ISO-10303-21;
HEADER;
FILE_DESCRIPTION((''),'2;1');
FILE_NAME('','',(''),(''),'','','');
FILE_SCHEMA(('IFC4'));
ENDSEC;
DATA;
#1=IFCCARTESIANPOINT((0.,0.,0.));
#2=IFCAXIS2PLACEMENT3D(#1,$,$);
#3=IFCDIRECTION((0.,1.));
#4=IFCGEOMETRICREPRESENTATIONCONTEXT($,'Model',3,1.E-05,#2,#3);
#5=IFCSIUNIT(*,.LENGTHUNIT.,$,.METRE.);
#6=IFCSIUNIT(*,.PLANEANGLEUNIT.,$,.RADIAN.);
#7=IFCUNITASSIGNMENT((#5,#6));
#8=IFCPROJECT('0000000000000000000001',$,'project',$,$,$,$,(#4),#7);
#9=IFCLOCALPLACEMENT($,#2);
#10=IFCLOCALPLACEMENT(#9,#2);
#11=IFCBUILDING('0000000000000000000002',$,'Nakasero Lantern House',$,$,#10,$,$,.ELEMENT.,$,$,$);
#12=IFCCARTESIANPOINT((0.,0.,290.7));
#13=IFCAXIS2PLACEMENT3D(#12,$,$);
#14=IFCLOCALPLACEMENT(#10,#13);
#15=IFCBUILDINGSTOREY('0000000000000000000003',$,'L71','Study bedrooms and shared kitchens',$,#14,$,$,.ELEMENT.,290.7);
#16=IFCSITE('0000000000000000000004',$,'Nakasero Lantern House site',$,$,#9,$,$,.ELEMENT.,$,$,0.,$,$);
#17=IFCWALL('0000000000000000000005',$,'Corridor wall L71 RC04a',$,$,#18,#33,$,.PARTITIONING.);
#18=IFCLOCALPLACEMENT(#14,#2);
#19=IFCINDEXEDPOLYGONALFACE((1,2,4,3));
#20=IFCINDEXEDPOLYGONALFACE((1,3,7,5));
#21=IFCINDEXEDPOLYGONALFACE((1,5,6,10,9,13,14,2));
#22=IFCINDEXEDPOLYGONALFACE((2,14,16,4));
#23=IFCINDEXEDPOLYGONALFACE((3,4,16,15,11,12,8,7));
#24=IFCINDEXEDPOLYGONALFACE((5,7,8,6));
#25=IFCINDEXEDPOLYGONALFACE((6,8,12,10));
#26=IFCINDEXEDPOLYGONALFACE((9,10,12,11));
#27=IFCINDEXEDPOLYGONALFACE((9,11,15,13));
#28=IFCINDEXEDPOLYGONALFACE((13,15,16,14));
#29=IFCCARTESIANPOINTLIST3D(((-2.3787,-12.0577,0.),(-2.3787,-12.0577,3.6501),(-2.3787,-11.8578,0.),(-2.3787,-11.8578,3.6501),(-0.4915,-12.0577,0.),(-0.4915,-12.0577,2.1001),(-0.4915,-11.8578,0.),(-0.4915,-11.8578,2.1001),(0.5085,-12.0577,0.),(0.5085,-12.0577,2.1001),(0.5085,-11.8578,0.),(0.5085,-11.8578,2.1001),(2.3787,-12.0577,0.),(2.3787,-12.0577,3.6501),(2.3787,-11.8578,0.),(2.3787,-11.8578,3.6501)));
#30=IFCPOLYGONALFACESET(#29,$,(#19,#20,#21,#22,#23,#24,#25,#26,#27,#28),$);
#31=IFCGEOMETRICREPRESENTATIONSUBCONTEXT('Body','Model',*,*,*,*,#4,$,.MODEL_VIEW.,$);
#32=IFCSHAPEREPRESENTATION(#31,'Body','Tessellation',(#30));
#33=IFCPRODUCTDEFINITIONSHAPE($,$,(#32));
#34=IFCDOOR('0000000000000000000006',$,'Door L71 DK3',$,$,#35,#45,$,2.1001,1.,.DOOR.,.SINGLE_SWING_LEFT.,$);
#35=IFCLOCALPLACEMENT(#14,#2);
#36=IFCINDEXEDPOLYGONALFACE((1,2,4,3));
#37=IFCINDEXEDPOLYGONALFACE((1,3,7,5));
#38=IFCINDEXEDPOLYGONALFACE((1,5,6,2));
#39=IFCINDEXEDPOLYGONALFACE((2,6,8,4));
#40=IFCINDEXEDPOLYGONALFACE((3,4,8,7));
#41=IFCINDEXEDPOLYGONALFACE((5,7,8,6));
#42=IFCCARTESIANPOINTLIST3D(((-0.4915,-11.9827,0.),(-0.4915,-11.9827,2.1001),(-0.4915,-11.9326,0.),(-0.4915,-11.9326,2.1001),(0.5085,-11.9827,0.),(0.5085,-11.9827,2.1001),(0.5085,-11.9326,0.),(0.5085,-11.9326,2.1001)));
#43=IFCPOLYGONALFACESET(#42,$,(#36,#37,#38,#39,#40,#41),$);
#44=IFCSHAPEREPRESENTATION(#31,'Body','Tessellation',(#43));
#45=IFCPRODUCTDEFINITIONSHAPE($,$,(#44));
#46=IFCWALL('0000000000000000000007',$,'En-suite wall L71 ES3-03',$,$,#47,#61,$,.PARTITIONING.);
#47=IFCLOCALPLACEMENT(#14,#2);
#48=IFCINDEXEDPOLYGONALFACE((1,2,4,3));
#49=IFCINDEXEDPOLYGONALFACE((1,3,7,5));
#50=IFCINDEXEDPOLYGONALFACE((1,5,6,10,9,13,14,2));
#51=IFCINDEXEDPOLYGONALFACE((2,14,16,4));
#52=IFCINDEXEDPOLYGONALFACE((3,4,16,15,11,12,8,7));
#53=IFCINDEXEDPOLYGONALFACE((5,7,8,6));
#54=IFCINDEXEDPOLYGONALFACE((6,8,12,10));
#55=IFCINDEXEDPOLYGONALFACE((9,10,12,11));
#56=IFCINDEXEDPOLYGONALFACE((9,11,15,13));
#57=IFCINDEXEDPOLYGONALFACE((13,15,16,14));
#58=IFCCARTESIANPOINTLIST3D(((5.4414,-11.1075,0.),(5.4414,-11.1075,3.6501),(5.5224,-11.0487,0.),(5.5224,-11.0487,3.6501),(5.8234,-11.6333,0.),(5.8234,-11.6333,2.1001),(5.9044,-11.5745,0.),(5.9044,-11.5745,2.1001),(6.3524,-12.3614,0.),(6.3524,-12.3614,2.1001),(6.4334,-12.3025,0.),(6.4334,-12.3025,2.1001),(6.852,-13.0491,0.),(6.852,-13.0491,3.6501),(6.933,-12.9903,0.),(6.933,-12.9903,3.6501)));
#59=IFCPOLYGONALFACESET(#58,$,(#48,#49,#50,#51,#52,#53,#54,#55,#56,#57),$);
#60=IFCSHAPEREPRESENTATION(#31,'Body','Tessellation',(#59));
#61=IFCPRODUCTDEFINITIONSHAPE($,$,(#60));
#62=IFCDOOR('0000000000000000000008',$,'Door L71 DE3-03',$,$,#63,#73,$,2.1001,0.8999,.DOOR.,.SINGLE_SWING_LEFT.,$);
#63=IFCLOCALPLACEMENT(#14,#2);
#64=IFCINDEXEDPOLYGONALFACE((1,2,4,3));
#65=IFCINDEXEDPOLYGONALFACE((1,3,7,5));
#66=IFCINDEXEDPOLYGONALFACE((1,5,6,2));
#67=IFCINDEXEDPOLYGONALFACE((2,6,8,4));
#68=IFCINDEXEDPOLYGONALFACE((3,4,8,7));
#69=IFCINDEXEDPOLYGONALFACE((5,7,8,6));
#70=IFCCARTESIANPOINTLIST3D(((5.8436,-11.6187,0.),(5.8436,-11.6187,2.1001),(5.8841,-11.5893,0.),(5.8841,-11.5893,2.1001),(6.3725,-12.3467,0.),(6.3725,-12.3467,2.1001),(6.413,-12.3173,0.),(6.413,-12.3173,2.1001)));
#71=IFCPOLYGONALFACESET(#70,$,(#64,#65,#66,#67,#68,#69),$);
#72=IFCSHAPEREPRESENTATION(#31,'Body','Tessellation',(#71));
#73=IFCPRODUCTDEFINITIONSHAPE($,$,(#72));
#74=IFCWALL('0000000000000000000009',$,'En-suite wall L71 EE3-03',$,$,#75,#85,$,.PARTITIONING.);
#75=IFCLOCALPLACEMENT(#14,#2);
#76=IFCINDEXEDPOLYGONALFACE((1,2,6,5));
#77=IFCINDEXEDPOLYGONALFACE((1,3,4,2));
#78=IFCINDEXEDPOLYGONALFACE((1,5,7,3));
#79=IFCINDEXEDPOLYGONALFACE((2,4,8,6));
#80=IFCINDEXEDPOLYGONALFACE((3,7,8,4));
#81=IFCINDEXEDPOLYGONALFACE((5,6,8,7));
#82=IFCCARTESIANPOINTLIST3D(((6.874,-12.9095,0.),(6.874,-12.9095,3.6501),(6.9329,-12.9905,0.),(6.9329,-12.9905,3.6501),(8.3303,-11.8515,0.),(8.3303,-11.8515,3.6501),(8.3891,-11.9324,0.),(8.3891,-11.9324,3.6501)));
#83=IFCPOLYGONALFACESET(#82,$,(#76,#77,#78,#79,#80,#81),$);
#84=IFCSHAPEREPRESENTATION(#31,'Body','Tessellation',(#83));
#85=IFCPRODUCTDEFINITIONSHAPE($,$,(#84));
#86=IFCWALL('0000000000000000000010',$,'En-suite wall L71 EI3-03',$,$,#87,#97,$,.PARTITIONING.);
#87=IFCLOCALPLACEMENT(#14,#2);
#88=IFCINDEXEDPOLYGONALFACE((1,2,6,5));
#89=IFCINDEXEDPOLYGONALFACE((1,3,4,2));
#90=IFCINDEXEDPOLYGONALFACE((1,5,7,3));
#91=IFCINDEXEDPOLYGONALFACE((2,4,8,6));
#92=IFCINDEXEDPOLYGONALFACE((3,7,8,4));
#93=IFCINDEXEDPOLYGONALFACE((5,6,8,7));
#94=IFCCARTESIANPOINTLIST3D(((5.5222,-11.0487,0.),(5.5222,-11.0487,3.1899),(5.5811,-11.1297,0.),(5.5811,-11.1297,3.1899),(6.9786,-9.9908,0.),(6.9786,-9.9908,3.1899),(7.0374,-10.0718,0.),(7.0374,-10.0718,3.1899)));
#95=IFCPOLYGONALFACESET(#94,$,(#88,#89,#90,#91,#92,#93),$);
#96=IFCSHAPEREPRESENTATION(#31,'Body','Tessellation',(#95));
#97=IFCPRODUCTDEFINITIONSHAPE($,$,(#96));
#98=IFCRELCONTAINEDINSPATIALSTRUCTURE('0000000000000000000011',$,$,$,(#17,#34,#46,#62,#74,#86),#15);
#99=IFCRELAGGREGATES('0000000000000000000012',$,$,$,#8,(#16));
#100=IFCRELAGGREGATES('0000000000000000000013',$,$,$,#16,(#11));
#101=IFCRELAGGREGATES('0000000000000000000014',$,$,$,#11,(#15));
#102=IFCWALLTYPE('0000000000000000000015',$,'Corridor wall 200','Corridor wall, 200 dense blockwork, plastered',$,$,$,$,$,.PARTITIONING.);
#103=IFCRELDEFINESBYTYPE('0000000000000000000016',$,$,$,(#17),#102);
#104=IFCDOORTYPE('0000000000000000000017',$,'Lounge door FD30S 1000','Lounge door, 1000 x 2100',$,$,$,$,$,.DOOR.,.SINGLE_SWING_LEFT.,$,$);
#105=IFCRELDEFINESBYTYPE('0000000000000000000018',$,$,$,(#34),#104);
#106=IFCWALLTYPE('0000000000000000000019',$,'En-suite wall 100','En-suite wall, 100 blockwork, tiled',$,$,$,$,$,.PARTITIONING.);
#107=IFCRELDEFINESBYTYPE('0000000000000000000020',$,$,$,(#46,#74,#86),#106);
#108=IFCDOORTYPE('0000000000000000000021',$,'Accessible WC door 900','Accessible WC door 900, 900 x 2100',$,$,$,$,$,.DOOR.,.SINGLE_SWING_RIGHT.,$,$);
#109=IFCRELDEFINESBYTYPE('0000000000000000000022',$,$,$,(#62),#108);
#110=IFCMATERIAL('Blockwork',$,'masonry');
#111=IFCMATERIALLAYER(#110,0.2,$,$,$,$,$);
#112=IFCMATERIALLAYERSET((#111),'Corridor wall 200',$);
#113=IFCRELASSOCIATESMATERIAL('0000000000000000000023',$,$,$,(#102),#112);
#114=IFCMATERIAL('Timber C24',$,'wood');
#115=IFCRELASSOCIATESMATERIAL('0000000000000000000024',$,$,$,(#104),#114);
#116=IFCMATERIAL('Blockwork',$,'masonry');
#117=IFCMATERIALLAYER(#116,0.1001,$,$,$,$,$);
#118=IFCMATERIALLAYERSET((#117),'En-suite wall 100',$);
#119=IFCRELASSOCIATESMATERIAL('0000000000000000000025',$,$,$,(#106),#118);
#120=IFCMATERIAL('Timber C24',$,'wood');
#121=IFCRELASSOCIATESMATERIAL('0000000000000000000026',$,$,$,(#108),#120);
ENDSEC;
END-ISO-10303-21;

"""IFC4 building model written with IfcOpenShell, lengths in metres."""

from ifc_helpers import new_model, si_unit, direction, frame, frame_2d, origin, place, context, subcontext, project, spatial, rectangle, extrude, material, layer, layer_set, type_object, element, fill, save


model = new_model("IFC4")

# Units and contexts
model_context = context("Model", 3, precision=1e-05, world=origin(), true_north=direction((0.0, 1.0)))
body_context = subcontext(model_context, "Body", "Model", "MODEL_VIEW")
ifc_project = project(units=[si_unit("LENGTHUNIT", "METRE"), si_unit("PLANEANGLEUNIT", "RADIAN")], contexts=[model_context])

# Site, building, storey
site_placement = place(None, origin())
site = spatial("IfcSite", under=ifc_project, at=site_placement, Name="Nakasero Lantern House site", CompositionType="ELEMENT", RefElevation=0.0)
building_placement = place(site_placement, origin())
building = spatial("IfcBuilding", under=site, at=building_placement, Name="Nakasero Lantern House", CompositionType="ELEMENT")
storey_placement = place(building_placement, frame((0.0, 0.0, 290.7)))
storey = spatial("IfcBuildingStorey", under=building, at=storey_placement, Name="L71", Description="Study bedrooms and shared kitchens", CompositionType="ELEMENT", Elevation=290.7)

# Walls, openings, doors
ifc_material_1 = material(Name="Blockwork", Category="masonry")
ifc_layer_1 = layer(ifc_material_1, 0.2)
ifc_layer_set_1 = layer_set([ifc_layer_1], Name="Corridor wall 200")
wall_type_1 = type_object("IfcWallType", Name="Corridor wall 200", Description="Corridor wall, 200 dense blockwork, plastered", PredefinedType="PARTITIONING", material=ifc_layer_set_1)
wall_1_placement = place(storey_placement, frame((2.3787, -11.9578, 0.0), z_axis=(0.0, 0.0, 1.0), x_axis=(-1.0, 0.0, 0.0)))
wall_1 = element("IfcWall", 1, at=wall_1_placement, inside=storey, type_object=wall_type_1, Name="Corridor wall L71 RC04a", PredefinedType="PARTITIONING", context=body_context, shape_type="SweptSolid", body=[
    extrude(rectangle(XDim=4.7573, YDim=0.2, at=frame_2d((2.3787, 0.0))), origin(), (0.0, 0.0, 1.0), 3.6501),
])
opening_1_placement = place(wall_1_placement, frame((1.8701, 0.0, 0.0)))
opening_1 = element("IfcOpeningElement", 2, at=opening_1_placement, cuts=wall_1, PredefinedType="OPENING", context=body_context, shape_type="SweptSolid", body=[
    extrude(rectangle(XDim=1.0, YDim=2.1001, at=frame_2d((0.5, 1.05))), frame((0.0, 0.1199, 0.0), z_axis=(0.0, -1.0, 0.0), x_axis=(1.0, 0.0, 0.0)), (0.0, 0.0, 1.0), 0.24),
])
ifc_material_2 = material(Name="Timber C24", Category="wood")
door_type_1 = type_object("IfcDoorType", Name="Lounge door FD30S 1000", Description="Lounge door, 1000 x 2100", OperationType="SINGLE_SWING_LEFT", PredefinedType="DOOR", material=ifc_material_2)
door_1_placement = place(opening_1_placement, origin())
door_1 = element("IfcDoor", 3, at=door_1_placement, inside=storey, type_object=door_type_1, Name="Door L71 DK3", OperationType="SINGLE_SWING_LEFT", OverallHeight=2.1001, OverallWidth=1.0, PredefinedType="DOOR", context=body_context, shape_type="SweptSolid", body=[
    extrude(rectangle(XDim=1.0, YDim=2.1001, at=frame_2d((0.5, 1.05))), frame((0.0, 0.0249, 0.0), z_axis=(0.0, -1.0, 0.0), x_axis=(1.0, 0.0, 0.0)), (0.0, 0.0, 1.0), 0.05),
])
fill(opening_1, door_1)
ifc_material_3 = material(Name="Blockwork", Category="masonry")
ifc_layer_2 = layer(ifc_material_3, 0.1001)
ifc_layer_set_2 = layer_set([ifc_layer_2], Name="En-suite wall 100")
wall_type_2 = type_object("IfcWallType", Name="En-suite wall 100", Description="En-suite wall, 100 blockwork, tiled", PredefinedType="PARTITIONING", material=ifc_layer_set_2)
wall_2_placement = place(storey_placement, frame((5.4819, -11.0781, 0.0), z_axis=(0.0, 0.0, 1.0), x_axis=(0.587772, -0.809026, 0.0)))
wall_2 = element("IfcWall", 4, at=wall_2_placement, inside=storey, type_object=wall_type_2, Name="En-suite wall L71 ES3-03", PredefinedType="PARTITIONING", context=body_context, shape_type="SweptSolid", body=[
    extrude(rectangle(XDim=2.3999, YDim=0.1001, at=frame_2d((1.2, 0.0))), origin(), (0.0, 0.0, 1.0), 3.6501),
])
opening_2_placement = place(wall_2_placement, frame((0.6499, 0.0, 0.0)))
opening_2 = element("IfcOpeningElement", 5, at=opening_2_placement, cuts=wall_2, PredefinedType="OPENING", context=body_context, shape_type="SweptSolid", body=[
    extrude(rectangle(XDim=0.8999, YDim=2.1001, at=frame_2d((0.45, 1.05))), frame((0.0, 0.0701, 0.0), z_axis=(0.0, -1.0, 0.0), x_axis=(1.0, 0.0, 0.0)), (0.0, 0.0, 1.0), 0.1401),
])
ifc_material_4 = material(Name="Timber C24", Category="wood")
door_type_2 = type_object("IfcDoorType", Name="Accessible WC door 900", Description="Accessible WC door 900, 900 x 2100", OperationType="SINGLE_SWING_RIGHT", PredefinedType="DOOR", material=ifc_material_4)
door_2_placement = place(opening_2_placement, origin())
door_2 = element("IfcDoor", 6, at=door_2_placement, inside=storey, type_object=door_type_2, Name="Door L71 DE3-03", OperationType="SINGLE_SWING_LEFT", OverallHeight=2.1001, OverallWidth=0.8999, PredefinedType="DOOR", context=body_context, shape_type="SweptSolid", body=[
    extrude(rectangle(XDim=0.8999, YDim=2.1001, at=frame_2d((0.45, 1.05))), frame((0.0, 0.0249, 0.0), z_axis=(0.0, -1.0, 0.0), x_axis=(1.0, 0.0, 0.0)), (0.0, 0.0, 1.0), 0.05),
])
fill(opening_2, door_2)

# Walls
wall_3_placement = place(storey_placement, frame((6.9036, -12.95, 0.0), z_axis=(0.0, 0.0, 1.0), x_axis=(0.809006, 0.587801, 0.0)))
element("IfcWall", 7, at=wall_3_placement, inside=storey, type_object=wall_type_2, Name="En-suite wall L71 EE3-03", PredefinedType="PARTITIONING", context=body_context, shape_type="SweptSolid", body=[
    extrude(rectangle(XDim=1.8, YDim=0.1001, at=frame_2d((0.8999, 0.0))), origin(), (0.0, 0.0, 1.0), 3.6501),
])
wall_4_placement = place(storey_placement, frame((5.5518, -11.0891, 0.0), z_axis=(0.0, 0.0, 1.0), x_axis=(0.80907, 0.587712, 0.0)))
element("IfcWall", 8, at=wall_4_placement, inside=storey, type_object=wall_type_2, Name="En-suite wall L71 EI3-03", PredefinedType="PARTITIONING", context=body_context, shape_type="SweptSolid", body=[
    extrude(rectangle(XDim=1.8, YDim=0.1001, at=frame_2d((0.8999, 0.0))), origin(), (0.0, 0.0, 1.0), 3.1899),
])

save(model, "model.ifc")
